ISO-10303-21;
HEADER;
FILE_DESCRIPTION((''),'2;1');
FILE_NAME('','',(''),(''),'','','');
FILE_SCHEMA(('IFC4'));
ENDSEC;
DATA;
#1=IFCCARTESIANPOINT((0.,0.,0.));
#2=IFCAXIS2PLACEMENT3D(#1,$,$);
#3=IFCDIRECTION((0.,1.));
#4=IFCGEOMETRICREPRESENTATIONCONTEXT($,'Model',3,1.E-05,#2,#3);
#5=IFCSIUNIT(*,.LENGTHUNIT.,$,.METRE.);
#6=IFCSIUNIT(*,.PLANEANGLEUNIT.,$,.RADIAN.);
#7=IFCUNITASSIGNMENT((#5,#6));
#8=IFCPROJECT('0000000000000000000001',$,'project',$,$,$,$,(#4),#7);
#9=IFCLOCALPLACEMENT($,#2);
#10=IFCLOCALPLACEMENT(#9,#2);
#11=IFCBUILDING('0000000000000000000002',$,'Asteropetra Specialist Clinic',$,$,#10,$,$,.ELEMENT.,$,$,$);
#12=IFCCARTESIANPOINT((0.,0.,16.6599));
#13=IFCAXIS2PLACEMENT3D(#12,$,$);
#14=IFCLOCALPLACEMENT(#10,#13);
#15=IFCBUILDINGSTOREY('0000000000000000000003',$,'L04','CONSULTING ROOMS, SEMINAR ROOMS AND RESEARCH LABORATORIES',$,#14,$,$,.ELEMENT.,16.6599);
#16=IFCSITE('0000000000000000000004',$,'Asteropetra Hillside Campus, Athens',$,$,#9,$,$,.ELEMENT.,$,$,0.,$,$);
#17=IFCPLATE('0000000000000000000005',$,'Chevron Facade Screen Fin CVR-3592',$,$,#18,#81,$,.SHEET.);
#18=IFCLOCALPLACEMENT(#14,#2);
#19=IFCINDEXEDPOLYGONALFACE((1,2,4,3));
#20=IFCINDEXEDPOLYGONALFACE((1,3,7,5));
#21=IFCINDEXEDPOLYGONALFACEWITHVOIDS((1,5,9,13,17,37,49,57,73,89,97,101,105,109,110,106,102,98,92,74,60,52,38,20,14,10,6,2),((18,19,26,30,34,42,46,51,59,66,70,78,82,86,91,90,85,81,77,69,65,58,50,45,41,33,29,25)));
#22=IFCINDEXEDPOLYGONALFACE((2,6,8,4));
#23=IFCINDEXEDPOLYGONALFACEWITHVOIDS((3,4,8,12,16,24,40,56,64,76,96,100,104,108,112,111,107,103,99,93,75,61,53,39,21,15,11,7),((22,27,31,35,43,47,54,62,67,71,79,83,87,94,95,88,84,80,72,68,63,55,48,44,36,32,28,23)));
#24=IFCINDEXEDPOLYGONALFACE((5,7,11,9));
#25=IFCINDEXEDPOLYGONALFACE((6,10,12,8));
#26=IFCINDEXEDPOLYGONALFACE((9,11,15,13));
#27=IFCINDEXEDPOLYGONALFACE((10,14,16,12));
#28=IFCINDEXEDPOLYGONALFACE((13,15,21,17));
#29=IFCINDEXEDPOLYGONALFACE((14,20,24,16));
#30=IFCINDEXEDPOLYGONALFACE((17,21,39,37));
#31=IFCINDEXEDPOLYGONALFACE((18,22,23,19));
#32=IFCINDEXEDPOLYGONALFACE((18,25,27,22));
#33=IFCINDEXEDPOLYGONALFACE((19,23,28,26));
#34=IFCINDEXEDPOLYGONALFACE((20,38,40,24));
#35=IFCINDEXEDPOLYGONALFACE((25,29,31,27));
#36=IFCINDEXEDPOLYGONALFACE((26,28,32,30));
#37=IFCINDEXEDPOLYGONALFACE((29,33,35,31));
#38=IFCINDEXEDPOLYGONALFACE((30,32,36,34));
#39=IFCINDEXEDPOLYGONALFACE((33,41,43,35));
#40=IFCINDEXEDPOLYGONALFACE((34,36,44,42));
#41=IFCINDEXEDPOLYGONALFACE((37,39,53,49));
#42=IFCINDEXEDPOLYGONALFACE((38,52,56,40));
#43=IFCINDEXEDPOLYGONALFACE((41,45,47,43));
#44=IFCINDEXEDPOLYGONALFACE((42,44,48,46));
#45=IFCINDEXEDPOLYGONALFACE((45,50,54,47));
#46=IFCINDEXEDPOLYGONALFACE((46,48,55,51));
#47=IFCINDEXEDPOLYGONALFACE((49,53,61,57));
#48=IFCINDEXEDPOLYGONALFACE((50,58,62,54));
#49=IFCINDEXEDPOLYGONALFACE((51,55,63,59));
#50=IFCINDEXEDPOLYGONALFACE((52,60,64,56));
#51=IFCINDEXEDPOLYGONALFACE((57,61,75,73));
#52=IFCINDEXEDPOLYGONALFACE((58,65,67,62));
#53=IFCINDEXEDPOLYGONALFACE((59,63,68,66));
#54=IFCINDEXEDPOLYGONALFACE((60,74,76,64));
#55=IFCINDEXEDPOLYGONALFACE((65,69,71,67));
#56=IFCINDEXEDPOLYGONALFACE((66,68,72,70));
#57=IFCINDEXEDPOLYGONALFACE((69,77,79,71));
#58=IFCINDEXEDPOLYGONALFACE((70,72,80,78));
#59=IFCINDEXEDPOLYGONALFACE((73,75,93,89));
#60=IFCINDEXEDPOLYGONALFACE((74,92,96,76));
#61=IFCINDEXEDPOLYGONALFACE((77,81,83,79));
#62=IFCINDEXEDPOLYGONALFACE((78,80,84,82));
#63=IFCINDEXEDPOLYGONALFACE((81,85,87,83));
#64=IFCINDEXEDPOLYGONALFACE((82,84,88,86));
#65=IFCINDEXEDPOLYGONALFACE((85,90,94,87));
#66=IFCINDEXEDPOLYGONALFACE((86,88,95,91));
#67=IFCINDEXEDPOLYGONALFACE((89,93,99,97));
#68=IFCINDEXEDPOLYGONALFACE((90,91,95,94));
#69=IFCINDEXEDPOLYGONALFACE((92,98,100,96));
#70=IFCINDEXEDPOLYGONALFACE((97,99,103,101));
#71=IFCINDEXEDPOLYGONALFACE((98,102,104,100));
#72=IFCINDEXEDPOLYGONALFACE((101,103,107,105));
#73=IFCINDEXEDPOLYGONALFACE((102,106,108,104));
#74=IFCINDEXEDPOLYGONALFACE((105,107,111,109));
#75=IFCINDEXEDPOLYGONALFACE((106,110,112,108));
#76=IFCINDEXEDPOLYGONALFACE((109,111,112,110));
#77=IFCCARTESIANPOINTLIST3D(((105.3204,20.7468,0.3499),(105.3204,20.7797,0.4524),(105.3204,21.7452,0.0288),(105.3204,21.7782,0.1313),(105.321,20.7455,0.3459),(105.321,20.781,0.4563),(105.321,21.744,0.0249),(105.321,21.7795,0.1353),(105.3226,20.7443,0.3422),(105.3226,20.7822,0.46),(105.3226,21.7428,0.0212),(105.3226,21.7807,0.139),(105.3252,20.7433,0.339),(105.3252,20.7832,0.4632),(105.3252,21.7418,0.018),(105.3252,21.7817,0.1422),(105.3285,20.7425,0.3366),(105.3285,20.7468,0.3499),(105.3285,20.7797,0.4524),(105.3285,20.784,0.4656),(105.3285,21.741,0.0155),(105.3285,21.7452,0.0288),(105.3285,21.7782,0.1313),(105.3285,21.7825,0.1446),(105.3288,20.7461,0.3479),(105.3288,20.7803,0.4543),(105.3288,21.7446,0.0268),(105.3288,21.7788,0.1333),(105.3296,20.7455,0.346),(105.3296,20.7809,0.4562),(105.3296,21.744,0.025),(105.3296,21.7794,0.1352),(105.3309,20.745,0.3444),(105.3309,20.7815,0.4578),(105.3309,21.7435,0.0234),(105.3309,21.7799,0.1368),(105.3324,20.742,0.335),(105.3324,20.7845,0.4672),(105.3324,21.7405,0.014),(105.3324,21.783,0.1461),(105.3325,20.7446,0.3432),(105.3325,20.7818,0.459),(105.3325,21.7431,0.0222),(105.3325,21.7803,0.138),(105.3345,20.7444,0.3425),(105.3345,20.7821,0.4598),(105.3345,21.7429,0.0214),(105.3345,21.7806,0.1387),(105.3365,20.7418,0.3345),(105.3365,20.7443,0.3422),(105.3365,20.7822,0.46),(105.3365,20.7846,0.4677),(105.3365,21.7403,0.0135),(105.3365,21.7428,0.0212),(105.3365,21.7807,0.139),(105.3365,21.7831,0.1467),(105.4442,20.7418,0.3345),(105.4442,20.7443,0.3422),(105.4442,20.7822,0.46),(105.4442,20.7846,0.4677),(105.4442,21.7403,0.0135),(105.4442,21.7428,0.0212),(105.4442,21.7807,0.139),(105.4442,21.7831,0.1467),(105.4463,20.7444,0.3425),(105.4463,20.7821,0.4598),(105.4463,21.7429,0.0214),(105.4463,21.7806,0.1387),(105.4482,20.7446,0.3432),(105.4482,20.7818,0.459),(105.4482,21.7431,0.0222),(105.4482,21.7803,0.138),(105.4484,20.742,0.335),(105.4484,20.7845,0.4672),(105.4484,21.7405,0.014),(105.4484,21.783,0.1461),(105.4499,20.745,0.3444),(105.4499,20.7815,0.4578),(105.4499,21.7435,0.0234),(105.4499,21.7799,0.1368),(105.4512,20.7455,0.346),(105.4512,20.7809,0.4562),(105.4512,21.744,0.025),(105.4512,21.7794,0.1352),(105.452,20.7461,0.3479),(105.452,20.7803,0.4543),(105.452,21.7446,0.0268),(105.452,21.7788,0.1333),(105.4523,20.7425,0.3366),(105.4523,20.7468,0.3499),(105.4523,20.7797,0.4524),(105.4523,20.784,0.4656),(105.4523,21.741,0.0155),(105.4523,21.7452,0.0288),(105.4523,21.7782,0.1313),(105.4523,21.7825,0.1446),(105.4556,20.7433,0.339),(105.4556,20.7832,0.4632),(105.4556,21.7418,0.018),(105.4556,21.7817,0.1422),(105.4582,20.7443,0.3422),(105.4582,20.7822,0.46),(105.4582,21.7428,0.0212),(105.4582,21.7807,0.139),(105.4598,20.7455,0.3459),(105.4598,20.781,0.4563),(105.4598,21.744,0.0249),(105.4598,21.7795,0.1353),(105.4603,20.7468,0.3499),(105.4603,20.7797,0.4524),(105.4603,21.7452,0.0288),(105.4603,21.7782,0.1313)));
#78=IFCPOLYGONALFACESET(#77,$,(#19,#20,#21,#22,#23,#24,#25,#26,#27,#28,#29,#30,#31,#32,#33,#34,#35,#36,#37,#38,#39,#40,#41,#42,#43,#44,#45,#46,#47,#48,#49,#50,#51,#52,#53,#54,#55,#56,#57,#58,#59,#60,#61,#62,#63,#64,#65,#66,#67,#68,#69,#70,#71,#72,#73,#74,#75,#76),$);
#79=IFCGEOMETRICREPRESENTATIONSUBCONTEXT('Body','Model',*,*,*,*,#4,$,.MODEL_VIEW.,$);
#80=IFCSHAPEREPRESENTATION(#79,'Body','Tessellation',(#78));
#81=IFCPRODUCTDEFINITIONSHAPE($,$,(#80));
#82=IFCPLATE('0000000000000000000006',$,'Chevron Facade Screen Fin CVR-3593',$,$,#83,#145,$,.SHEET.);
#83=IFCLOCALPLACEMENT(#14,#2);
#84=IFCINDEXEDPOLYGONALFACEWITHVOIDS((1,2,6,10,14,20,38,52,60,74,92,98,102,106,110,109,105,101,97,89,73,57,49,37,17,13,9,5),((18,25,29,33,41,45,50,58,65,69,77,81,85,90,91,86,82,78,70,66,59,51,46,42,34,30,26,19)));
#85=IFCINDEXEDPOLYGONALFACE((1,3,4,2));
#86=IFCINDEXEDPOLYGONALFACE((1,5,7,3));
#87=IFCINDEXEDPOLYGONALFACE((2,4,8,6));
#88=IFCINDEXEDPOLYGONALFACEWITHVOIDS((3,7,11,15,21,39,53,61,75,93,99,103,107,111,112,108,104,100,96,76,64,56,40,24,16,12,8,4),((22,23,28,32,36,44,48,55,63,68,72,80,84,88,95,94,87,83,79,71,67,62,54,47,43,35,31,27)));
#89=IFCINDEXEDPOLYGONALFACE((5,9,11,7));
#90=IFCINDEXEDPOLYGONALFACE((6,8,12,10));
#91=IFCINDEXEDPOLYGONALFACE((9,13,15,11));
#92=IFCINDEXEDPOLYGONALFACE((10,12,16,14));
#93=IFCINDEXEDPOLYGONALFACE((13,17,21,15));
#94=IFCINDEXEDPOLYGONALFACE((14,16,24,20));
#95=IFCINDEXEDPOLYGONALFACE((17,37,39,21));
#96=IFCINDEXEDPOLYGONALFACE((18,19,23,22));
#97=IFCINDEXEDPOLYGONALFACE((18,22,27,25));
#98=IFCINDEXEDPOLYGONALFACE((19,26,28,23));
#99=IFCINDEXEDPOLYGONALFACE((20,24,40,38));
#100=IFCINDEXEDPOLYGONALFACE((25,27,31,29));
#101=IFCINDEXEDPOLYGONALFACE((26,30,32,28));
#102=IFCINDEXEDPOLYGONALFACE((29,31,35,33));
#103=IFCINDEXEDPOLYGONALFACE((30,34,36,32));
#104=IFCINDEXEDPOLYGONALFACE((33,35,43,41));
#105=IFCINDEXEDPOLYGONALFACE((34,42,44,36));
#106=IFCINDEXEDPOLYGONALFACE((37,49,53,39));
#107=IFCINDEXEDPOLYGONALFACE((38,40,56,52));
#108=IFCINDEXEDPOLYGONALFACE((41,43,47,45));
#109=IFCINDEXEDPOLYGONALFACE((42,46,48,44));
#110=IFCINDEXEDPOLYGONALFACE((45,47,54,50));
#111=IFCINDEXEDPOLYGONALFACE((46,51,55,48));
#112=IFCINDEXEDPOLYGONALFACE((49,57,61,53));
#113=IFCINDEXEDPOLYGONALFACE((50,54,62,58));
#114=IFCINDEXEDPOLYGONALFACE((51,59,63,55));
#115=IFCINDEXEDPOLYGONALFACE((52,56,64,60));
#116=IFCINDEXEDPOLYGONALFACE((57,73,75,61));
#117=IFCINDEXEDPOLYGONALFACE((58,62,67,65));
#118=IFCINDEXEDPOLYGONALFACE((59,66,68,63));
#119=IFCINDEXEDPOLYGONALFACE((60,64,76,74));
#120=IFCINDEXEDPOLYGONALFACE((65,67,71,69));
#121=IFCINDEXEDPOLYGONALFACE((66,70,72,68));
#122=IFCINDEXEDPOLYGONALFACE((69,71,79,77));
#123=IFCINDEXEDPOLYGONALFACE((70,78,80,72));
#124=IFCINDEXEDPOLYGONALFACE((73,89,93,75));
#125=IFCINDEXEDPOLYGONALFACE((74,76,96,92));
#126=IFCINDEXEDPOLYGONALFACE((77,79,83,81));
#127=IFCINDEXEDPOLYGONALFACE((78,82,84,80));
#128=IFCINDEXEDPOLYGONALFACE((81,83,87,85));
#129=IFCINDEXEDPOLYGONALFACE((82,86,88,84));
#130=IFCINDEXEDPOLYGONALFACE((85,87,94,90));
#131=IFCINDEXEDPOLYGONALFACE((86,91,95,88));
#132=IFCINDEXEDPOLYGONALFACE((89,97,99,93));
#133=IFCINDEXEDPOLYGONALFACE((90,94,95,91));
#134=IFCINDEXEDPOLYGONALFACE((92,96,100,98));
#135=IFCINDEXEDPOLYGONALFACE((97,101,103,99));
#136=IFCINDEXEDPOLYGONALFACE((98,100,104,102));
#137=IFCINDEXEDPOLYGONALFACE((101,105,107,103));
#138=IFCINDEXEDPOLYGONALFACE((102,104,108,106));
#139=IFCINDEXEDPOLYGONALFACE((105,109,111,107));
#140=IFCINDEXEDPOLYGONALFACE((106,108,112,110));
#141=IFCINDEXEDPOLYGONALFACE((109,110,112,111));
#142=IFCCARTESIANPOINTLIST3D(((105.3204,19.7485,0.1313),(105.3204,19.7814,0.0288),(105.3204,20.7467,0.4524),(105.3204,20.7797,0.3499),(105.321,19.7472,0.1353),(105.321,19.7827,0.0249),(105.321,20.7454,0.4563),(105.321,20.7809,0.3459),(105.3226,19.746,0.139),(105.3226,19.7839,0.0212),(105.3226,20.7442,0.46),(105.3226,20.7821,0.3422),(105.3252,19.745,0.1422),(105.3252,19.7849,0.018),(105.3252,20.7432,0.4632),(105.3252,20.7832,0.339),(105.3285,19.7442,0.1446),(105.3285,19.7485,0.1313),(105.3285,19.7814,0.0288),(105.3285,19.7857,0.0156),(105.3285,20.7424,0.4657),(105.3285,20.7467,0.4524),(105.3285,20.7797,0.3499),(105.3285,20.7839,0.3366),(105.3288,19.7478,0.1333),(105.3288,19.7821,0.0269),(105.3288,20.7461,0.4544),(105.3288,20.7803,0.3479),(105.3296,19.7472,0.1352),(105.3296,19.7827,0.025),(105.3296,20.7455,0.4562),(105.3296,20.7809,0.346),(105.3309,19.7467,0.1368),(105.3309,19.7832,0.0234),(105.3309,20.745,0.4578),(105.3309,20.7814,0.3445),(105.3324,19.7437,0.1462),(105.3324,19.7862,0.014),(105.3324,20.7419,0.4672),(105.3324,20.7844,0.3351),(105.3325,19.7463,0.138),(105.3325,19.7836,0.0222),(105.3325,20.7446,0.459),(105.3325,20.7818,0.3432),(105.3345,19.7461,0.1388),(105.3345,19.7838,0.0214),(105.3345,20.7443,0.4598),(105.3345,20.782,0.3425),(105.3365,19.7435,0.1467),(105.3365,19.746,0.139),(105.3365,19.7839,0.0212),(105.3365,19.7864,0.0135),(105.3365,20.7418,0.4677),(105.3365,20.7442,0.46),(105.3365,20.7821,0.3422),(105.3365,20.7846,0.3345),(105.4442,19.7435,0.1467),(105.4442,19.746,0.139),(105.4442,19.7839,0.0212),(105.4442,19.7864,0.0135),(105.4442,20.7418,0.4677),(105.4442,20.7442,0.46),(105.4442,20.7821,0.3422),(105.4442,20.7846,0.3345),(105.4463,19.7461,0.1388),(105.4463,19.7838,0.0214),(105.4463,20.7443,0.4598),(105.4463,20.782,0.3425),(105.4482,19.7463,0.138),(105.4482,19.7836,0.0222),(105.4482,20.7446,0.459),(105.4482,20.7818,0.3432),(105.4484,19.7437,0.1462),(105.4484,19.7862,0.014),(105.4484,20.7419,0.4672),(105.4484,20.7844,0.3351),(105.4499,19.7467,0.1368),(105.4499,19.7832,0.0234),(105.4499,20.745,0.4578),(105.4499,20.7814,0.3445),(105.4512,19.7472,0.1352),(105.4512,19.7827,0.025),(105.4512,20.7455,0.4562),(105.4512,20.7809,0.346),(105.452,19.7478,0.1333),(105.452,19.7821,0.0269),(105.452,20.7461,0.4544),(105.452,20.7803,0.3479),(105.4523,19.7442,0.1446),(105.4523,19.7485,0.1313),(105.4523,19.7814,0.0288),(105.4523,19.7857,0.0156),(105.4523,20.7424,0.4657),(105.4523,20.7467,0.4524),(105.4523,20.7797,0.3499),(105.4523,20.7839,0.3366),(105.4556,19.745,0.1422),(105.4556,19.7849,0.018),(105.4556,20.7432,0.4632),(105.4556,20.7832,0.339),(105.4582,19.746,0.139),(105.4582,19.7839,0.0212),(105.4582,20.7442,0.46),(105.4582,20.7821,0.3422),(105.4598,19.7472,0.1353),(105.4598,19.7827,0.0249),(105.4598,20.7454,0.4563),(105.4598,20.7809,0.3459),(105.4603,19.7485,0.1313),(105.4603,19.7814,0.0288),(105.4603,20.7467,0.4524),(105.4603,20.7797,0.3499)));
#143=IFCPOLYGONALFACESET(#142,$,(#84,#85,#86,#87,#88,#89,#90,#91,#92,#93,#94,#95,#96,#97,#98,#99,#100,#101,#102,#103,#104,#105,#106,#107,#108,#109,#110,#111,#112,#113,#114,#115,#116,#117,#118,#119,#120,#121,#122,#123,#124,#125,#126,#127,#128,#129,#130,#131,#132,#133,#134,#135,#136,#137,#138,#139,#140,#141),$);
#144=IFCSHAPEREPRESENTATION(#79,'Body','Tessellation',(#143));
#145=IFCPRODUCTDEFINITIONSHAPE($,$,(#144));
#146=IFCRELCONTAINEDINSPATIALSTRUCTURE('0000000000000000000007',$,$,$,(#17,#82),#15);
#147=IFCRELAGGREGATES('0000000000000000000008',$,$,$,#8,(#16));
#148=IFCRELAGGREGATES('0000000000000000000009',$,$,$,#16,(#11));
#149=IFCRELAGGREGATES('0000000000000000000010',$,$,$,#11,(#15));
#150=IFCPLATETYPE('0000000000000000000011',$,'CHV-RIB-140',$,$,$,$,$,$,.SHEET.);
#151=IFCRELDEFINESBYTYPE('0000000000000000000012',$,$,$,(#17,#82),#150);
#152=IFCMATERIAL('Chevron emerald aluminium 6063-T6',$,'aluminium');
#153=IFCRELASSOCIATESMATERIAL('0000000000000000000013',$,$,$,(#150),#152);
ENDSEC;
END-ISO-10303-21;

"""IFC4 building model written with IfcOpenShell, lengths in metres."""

from ifc_helpers import new_model, si_unit, direction, frame, origin, origin_2d, place, context, subcontext, project, spatial, hollow_rectangle, extrude, material, material_profile, profile_set, type_object, element, save


model = new_model("IFC4")

# Units and contexts
model_context = context("Model", 3, precision=1e-05, world=origin(), true_north=direction((0.0, 1.0)))
body_context = subcontext(model_context, "Body", "Model", "MODEL_VIEW")
ifc_project = project(units=[si_unit("LENGTHUNIT", "METRE"), si_unit("PLANEANGLEUNIT", "RADIAN")], contexts=[model_context])

# Site, building, storey
site_placement = place(None, origin())
site = spatial("IfcSite", under=ifc_project, at=site_placement, Name="Asteropetra Hillside Campus, Athens", CompositionType="ELEMENT", RefElevation=0.0)
building_placement = place(site_placement, origin())
building = spatial("IfcBuilding", under=site, at=building_placement, Name="Asteropetra Specialist Clinic", CompositionType="ELEMENT")
storey_placement = place(building_placement, frame((0.0, 0.0, 16.6599)))
storey = spatial("IfcBuildingStorey", under=building, at=storey_placement, Name="L04", Description="CONSULTING ROOMS, SEMINAR ROOMS AND RESEARCH LABORATORIES", CompositionType="ELEMENT", Elevation=16.6599)

# Plates
ifc_material_1 = material(Name="Chevron emerald aluminium 6063-T6", Category="aluminium")
ifc_material_profile = material_profile(ifc_material_1, hollow_rectangle(XDim=0.1399, YDim=0.1399, WallThickness=0.0081, InnerFilletRadius=0.0081, OuterFilletRadius=0.0161, at=origin_2d()), Name="SHS 140x140x8.0")
ifc_profile_set = profile_set([ifc_material_profile], Name="Chevron emerald aluminium 6063-T6")
plate_type = type_object("IfcPlateType", Name="CHV-RIB-140", PredefinedType="SHEET", material=ifc_profile_set)
plate_1_placement = place(storey_placement, frame((105.3904, 21.7617, 0.0801), z_axis=(0.0, -0.952004, 0.306085), x_axis=(1.0, 0.0, 0.0)))
element("IfcPlate", 1, at=plate_1_placement, inside=storey, type_object=plate_type, Name="Chevron Facade Screen Fin CVR-3592", PredefinedType="SHEET", context=body_context, shape_type="SweptSolid", body=[
    extrude(hollow_rectangle(XDim=0.1399, YDim=0.1399, WallThickness=0.0081, InnerFilletRadius=0.0081, OuterFilletRadius=0.0161, at=origin_2d()), origin(), (0.0, 0.0, 1.0), 1.0488),
])
for number, where, z_axis, x_axis, name in (
    (2, (105.3904, 20.7632, 0.4011), (0.0, -0.951983, -0.306152), (1.0, 0.0, 0.0), "Chevron Facade Screen Fin CVR-3593"),
):
    element("IfcPlate", number, at=place(storey_placement, frame(where, z_axis=z_axis, x_axis=x_axis)), inside=storey, type_object=plate_type, Name=name, PredefinedType="SHEET", context=body_context, shape_type="SweptSolid", body=[
        extrude(hollow_rectangle(XDim=0.1399, YDim=0.1399, WallThickness=0.0081, InnerFilletRadius=0.0081, OuterFilletRadius=0.0161, at=origin_2d()), origin(), (0.0, 0.0, 1.0), 1.0486),
    ])

save(model, "model.ifc")
